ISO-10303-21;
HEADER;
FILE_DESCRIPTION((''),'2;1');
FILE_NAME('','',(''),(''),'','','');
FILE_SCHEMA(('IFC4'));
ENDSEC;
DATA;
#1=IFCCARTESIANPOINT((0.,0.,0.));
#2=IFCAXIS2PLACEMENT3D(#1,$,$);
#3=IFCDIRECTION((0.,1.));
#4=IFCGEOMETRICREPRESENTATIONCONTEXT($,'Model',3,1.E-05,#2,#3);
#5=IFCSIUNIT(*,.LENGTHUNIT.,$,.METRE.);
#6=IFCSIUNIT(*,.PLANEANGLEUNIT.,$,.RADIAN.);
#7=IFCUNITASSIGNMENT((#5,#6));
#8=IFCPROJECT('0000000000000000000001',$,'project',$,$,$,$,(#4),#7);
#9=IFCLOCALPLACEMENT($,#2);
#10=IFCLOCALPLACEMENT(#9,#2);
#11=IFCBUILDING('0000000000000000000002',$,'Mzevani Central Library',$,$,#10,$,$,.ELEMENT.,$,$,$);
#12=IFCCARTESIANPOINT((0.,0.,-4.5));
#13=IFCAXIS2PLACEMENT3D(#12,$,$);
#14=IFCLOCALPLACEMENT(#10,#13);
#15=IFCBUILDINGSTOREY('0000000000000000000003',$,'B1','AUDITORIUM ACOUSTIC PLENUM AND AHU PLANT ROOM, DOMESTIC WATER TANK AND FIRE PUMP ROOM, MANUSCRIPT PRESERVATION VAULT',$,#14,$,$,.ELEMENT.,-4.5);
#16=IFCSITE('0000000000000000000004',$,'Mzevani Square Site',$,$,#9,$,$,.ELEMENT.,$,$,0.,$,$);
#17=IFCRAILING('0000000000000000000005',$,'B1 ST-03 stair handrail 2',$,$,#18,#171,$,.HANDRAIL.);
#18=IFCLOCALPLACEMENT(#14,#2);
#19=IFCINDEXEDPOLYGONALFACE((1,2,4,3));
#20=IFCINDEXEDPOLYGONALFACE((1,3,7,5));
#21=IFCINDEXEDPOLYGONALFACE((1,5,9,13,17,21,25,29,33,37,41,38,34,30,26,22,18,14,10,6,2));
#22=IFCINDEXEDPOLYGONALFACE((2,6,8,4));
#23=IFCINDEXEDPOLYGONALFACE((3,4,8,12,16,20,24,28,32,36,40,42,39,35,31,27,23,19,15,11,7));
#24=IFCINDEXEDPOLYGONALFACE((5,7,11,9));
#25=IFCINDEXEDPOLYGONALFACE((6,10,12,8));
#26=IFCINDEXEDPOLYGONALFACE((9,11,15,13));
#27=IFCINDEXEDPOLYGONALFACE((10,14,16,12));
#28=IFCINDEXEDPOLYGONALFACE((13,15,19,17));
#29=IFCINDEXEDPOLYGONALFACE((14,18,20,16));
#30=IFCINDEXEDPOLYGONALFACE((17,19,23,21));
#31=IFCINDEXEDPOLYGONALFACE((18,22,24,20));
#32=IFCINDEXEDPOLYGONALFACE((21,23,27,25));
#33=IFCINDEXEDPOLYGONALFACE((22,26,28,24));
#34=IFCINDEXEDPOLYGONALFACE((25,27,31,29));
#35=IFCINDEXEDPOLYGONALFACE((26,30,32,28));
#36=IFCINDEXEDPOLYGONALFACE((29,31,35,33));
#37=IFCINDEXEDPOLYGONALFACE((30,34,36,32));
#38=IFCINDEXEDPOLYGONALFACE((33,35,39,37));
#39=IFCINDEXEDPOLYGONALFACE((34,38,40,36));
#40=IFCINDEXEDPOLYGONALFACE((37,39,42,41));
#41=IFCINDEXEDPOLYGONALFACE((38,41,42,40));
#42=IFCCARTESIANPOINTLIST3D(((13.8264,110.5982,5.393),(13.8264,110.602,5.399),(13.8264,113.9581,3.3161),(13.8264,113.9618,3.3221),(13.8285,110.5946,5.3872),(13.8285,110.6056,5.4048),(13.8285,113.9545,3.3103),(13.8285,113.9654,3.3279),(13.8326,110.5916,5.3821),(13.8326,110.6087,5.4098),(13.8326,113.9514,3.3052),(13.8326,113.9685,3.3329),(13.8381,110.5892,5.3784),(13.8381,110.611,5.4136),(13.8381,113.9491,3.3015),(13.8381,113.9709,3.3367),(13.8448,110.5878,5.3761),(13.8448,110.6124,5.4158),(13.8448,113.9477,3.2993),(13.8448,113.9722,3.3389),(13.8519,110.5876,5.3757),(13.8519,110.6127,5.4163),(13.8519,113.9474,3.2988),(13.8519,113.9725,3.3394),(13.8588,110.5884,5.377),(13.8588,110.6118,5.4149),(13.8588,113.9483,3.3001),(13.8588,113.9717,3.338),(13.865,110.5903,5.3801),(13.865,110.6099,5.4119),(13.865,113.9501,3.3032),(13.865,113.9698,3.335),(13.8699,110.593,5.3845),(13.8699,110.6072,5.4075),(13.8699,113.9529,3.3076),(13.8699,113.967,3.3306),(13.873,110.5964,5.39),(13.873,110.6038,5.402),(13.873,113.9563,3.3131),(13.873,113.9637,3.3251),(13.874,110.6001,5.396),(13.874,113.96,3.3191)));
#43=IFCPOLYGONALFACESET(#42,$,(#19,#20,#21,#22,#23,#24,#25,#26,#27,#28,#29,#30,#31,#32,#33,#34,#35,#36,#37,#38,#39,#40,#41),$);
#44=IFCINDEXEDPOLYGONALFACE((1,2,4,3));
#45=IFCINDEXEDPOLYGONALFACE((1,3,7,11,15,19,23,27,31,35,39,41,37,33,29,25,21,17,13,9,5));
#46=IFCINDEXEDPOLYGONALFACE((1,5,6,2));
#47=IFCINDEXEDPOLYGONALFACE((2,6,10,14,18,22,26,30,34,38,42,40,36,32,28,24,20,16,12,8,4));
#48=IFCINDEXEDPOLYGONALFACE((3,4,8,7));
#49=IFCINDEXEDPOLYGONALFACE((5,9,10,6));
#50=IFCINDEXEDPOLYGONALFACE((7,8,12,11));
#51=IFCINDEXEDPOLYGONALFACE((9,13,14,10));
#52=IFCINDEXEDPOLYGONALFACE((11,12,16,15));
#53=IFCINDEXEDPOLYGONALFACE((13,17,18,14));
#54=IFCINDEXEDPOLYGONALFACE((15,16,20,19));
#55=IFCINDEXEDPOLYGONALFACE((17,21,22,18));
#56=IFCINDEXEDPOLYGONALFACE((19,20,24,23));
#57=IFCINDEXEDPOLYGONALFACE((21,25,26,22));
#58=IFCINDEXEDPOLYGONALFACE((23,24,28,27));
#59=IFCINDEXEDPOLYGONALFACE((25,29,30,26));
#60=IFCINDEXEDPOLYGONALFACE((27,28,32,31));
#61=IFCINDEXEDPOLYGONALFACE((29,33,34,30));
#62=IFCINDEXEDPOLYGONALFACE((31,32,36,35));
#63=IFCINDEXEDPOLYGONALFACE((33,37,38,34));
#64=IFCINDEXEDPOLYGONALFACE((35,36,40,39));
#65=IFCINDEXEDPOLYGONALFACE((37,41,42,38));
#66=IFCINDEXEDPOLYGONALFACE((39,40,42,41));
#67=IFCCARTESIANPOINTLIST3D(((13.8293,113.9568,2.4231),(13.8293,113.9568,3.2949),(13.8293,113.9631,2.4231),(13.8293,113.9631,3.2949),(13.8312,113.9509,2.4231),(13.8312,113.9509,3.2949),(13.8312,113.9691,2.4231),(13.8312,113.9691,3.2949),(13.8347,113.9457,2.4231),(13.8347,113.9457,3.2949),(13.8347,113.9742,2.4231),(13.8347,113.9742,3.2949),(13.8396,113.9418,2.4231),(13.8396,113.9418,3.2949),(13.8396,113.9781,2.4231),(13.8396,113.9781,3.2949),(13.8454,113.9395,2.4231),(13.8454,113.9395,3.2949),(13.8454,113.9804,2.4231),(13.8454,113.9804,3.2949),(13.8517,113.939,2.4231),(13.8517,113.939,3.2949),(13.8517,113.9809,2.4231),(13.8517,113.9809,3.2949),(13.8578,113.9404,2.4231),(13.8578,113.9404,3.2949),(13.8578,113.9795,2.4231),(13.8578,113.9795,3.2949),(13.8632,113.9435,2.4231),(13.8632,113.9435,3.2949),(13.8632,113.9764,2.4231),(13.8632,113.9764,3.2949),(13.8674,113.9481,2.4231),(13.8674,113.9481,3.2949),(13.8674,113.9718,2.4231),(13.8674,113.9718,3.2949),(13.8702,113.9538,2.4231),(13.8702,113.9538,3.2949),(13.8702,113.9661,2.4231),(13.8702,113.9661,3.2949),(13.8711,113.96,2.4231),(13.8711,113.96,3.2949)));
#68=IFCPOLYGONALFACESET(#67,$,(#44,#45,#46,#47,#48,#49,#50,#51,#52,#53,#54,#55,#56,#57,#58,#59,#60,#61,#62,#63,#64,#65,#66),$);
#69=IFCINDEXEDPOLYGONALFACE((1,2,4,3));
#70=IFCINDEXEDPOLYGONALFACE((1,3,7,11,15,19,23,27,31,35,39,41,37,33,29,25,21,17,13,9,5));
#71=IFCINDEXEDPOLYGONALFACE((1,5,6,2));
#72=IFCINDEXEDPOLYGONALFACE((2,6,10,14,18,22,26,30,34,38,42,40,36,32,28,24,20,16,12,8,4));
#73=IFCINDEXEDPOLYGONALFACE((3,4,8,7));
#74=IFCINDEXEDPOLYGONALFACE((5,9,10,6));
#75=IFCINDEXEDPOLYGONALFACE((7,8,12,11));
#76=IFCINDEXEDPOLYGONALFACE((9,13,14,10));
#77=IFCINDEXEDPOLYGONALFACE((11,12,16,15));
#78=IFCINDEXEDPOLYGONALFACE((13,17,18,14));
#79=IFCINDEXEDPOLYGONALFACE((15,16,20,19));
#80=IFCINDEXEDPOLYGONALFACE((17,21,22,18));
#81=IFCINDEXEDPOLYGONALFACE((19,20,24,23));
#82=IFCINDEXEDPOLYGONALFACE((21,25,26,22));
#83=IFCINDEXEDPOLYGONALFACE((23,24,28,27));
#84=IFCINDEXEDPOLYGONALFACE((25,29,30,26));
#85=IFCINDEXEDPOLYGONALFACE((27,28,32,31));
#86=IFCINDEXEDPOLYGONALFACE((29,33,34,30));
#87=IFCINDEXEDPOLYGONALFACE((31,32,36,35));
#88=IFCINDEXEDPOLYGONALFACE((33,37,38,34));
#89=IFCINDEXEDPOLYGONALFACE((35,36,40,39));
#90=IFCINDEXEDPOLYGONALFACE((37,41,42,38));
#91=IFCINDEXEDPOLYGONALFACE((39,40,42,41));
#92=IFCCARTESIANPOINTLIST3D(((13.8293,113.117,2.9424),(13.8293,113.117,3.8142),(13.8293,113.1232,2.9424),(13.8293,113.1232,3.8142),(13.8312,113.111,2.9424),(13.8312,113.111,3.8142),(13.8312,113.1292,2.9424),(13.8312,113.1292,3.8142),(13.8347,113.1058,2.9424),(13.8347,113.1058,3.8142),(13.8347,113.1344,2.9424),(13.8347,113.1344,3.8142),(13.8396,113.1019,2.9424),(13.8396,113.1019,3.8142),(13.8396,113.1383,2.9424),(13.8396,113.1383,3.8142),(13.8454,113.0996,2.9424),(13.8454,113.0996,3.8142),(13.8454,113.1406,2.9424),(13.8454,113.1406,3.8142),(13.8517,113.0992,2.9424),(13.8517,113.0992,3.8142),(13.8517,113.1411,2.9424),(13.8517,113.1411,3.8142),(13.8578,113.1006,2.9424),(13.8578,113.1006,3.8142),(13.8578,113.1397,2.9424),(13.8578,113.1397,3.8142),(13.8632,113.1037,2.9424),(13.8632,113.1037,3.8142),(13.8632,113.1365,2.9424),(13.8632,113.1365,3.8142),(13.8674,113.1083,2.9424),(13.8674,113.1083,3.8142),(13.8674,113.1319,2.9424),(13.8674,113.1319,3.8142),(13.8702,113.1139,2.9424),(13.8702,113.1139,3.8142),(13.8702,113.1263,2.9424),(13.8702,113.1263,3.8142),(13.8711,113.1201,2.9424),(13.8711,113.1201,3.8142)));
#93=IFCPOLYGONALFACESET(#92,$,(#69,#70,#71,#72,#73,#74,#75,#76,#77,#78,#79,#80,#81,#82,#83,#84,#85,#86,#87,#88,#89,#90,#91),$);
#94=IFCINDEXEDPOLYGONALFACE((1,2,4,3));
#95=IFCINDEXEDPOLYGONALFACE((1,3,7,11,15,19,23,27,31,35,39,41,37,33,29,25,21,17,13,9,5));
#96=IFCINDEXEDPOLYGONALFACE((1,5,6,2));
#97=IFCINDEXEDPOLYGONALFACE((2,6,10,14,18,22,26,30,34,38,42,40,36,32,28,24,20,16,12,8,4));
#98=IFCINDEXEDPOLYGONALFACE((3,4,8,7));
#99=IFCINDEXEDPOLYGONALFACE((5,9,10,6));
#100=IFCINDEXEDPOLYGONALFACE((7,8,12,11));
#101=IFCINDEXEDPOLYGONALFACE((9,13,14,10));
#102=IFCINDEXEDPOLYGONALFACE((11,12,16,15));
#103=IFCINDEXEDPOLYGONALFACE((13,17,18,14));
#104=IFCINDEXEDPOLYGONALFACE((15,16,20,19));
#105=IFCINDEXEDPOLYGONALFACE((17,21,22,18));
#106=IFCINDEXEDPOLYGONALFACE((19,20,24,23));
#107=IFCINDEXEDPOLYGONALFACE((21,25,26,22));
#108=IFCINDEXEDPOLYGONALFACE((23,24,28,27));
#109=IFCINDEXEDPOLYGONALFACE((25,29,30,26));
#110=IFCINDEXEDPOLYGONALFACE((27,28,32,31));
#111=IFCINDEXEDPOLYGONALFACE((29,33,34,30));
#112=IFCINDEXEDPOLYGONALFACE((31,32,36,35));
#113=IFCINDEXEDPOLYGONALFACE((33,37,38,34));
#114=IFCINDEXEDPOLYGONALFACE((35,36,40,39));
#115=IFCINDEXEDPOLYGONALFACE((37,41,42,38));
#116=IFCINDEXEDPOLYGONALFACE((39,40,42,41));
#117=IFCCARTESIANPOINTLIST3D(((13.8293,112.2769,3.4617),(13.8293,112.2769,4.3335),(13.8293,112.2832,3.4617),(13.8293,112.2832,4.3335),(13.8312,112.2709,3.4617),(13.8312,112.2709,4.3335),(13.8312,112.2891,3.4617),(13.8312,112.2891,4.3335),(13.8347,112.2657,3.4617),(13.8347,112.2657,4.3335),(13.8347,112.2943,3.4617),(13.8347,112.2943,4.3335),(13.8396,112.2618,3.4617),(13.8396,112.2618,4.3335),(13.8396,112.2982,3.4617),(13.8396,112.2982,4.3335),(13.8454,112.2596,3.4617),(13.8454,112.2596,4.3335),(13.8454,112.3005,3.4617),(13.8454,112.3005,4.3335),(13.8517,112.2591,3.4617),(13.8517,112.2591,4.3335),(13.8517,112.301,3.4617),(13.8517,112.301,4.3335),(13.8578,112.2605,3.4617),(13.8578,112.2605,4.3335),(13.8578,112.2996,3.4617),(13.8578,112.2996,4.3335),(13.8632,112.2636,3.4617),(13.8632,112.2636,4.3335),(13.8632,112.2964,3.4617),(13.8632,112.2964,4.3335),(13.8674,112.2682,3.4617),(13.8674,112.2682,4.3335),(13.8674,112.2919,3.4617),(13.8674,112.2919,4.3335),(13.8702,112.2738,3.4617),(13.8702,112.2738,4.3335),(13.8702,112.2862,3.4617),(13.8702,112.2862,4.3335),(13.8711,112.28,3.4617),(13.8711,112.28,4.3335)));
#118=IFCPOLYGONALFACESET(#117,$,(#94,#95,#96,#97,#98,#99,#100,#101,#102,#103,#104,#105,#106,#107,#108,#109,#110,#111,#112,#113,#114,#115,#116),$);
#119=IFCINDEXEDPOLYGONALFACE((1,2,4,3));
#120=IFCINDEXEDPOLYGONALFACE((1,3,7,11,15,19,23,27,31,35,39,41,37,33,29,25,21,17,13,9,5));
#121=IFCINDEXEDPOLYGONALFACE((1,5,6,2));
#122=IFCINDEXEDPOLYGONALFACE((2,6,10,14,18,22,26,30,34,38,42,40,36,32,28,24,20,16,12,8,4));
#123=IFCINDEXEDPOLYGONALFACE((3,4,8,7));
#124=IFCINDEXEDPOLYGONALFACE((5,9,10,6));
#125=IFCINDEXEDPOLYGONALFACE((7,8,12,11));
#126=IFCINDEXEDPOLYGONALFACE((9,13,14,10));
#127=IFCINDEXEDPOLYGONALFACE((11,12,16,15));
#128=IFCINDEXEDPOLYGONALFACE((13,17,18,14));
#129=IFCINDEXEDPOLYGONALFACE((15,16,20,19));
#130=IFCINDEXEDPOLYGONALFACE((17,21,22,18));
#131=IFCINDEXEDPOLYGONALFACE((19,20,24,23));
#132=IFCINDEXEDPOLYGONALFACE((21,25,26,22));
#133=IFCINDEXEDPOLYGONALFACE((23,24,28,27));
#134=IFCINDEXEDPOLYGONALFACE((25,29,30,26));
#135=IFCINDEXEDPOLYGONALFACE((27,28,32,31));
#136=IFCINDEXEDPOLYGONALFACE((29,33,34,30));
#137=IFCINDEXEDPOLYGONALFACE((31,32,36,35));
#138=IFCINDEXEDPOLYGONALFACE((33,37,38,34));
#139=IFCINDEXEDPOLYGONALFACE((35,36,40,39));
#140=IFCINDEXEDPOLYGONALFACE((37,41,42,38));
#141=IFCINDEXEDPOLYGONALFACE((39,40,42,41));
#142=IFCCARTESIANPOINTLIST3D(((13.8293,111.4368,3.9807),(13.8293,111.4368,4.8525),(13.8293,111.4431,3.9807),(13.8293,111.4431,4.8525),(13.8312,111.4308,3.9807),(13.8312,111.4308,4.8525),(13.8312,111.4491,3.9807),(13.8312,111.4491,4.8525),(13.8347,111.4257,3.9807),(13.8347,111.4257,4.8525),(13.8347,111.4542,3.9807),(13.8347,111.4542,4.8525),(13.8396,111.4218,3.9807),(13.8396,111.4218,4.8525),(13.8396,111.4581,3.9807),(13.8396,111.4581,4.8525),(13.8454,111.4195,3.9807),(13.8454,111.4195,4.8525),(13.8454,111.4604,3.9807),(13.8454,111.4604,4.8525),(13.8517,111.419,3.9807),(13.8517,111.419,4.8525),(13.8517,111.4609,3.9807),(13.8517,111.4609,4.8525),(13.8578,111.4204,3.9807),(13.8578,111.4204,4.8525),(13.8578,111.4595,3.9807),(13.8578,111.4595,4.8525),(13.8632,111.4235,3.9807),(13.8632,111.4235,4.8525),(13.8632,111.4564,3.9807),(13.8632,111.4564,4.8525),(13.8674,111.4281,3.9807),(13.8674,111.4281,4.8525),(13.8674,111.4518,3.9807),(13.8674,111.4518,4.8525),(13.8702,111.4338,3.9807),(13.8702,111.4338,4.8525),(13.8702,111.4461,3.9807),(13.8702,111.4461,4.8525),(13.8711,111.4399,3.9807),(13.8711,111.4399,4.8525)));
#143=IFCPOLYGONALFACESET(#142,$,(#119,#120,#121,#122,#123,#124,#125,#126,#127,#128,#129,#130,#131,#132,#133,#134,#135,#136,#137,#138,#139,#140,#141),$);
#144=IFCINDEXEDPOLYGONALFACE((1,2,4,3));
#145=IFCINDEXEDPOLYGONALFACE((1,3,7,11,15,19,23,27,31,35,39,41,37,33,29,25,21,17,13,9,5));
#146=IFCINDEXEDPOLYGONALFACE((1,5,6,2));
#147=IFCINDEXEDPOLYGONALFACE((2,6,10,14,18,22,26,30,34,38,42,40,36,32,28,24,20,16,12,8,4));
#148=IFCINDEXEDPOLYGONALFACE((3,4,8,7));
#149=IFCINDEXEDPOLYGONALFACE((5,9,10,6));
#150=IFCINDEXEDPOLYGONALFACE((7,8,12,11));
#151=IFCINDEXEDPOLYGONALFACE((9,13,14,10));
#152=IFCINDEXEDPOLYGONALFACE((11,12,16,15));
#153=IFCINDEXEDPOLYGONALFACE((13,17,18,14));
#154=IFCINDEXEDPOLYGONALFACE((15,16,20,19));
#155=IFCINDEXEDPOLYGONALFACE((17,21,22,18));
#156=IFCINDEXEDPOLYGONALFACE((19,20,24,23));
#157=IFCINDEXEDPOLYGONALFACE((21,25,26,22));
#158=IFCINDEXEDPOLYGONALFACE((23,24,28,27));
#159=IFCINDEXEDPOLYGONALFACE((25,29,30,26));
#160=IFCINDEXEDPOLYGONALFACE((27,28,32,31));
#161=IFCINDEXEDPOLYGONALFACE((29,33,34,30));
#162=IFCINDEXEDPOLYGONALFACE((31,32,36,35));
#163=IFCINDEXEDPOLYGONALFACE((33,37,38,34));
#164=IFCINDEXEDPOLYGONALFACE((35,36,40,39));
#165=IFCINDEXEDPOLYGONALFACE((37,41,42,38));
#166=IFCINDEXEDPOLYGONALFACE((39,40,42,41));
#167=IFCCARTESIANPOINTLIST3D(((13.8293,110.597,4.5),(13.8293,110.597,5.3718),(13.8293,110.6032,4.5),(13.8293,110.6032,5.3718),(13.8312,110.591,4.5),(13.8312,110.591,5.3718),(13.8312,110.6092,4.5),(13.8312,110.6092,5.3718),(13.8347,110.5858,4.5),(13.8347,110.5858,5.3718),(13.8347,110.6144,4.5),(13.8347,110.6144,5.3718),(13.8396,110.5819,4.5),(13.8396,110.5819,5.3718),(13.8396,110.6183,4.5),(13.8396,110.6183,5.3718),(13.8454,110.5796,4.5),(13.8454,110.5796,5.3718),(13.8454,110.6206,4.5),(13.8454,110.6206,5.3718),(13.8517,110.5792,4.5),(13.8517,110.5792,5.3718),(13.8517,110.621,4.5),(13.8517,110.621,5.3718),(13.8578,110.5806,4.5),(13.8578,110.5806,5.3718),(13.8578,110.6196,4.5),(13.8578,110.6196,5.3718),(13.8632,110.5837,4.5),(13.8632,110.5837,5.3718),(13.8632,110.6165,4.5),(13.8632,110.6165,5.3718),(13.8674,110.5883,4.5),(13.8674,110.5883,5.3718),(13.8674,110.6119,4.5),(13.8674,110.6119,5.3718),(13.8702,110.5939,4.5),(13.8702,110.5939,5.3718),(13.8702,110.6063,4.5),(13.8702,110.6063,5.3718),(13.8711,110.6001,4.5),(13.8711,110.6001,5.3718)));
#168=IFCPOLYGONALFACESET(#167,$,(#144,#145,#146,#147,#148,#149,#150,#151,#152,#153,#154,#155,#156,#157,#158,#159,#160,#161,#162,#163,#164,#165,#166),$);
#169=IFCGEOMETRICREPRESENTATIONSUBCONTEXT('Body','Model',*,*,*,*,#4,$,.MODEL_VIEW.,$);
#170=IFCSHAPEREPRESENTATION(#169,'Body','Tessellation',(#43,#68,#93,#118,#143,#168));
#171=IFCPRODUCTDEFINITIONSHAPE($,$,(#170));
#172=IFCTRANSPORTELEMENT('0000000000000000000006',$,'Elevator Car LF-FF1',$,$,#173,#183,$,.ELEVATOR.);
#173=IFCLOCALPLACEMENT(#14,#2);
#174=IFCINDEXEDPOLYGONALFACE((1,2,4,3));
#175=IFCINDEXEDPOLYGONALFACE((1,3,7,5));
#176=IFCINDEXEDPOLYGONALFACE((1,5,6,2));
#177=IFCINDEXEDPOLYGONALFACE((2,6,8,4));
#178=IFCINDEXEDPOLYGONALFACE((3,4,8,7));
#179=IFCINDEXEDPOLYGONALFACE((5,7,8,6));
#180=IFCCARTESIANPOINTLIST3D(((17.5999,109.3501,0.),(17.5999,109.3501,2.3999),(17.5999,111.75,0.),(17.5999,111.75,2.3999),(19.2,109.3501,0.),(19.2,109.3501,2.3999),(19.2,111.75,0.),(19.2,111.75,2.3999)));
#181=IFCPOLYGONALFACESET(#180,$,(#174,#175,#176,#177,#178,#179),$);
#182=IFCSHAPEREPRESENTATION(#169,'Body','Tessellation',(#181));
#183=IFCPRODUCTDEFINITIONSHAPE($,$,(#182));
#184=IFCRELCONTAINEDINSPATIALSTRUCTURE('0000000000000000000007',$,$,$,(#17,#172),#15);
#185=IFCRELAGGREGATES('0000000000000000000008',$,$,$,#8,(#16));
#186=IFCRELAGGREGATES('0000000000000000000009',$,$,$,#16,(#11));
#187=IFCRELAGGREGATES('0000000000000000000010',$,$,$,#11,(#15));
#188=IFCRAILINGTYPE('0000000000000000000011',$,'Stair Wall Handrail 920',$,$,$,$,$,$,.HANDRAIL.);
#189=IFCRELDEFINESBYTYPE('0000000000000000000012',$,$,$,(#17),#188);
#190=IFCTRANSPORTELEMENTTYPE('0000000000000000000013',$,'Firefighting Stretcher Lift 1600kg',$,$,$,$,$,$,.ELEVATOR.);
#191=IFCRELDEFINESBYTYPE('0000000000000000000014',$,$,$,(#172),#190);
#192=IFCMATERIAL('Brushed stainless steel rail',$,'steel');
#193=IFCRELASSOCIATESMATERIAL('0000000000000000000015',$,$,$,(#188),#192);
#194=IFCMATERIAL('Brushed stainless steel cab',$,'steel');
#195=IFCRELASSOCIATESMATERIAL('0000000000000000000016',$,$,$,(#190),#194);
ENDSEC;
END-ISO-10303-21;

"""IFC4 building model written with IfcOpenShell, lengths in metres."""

from ifc_helpers import new_model, si_unit, direction, frame, origin, origin_2d, place, context, subcontext, project, spatial, rectangle, circle, extrude, material, type_object, element, save


model = new_model("IFC4")

# Units and contexts
model_context = context("Model", 3, precision=1e-05, world=origin(), true_north=direction((0.0, 1.0)))
body_context = subcontext(model_context, "Body", "Model", "MODEL_VIEW")
ifc_project = project(units=[si_unit("LENGTHUNIT", "METRE"), si_unit("PLANEANGLEUNIT", "RADIAN")], contexts=[model_context])

# Site, building, storey
site_placement = place(None, origin())
site = spatial("IfcSite", under=ifc_project, at=site_placement, Name="Mzevani Square Site", CompositionType="ELEMENT", RefElevation=0.0)
building_placement = place(site_placement, origin())
building = spatial("IfcBuilding", under=site, at=building_placement, Name="Mzevani Central Library", CompositionType="ELEMENT")
storey_placement = place(building_placement, frame((0.0, 0.0, -4.5)))
storey = spatial("IfcBuildingStorey", under=building, at=storey_placement, Name="B1", Description="AUDITORIUM ACOUSTIC PLENUM AND AHU PLANT ROOM, DOMESTIC WATER TANK AND FIRE PUMP ROOM, MANUSCRIPT PRESERVATION VAULT", CompositionType="ELEMENT", Elevation=-4.5)

# Shared definitions
ifc_material_1 = material(Name="Brushed stainless steel rail", Category="steel")

# Railing
railing_type_1 = type_object("IfcRailingType", Name="Stair Wall Handrail 920", PredefinedType="HANDRAIL", material=ifc_material_1)
railing_1_placement = place(storey_placement, frame((13.8501, 113.96, 2.4231)))
element("IfcRailing", 1, at=railing_1_placement, inside=storey, type_object=railing_type_1, Name="B1 ST-03 stair handrail 2", PredefinedType="HANDRAIL", context=body_context, shape_type="SweptSolid", body=[
    extrude(circle(Radius=0.0239, at=origin_2d()), frame((0.0, 0.0, 0.896), z_axis=(0.0, -0.850606, 0.525803), x_axis=(1.0, 0.0, 0.0)), (0.0, 0.0, 1.0), 3.95),
    extrude(circle(Radius=0.021, at=origin_2d()), origin(), (0.0, 0.0, 1.0), 0.8718),
    extrude(circle(Radius=0.021, at=origin_2d()), frame((0.0, -0.8398, 0.5193)), (0.0, 0.0, 1.0), 0.8718),
    extrude(circle(Radius=0.021, at=origin_2d()), frame((0.0, -1.6799, 1.0386)), (0.0, 0.0, 1.0), 0.8718),
    extrude(circle(Radius=0.021, at=origin_2d()), frame((0.0, -2.52, 1.5576)), (0.0, 0.0, 1.0), 0.8718),
    extrude(circle(Radius=0.021, at=origin_2d()), frame((0.0, -3.3599, 2.0769)), (0.0, 0.0, 1.0), 0.8718),
])

# Transport element
ifc_material_2 = material(Name="Brushed stainless steel cab", Category="steel")
transport_element_type = type_object("IfcTransportElementType", Name="Firefighting Stretcher Lift 1600kg", PredefinedType="ELEVATOR", material=ifc_material_2)
transport_element_placement = place(storey_placement, frame((18.3999, 110.55, 0.0), z_axis=(0.0, 0.0, 1.0), x_axis=(1.0, 0.0, 0.0)))
element("IfcTransportElement", 2, at=transport_element_placement, inside=storey, type_object=transport_element_type, Name="Elevator Car LF-FF1", PredefinedType="ELEVATOR", context=body_context, shape_type="SweptSolid", body=[
    extrude(rectangle(XDim=1.6001, YDim=2.3999, at=origin_2d()), origin(), (0.0, 0.0, 1.0), 2.3999),
])

save(model, "model.ifc")
